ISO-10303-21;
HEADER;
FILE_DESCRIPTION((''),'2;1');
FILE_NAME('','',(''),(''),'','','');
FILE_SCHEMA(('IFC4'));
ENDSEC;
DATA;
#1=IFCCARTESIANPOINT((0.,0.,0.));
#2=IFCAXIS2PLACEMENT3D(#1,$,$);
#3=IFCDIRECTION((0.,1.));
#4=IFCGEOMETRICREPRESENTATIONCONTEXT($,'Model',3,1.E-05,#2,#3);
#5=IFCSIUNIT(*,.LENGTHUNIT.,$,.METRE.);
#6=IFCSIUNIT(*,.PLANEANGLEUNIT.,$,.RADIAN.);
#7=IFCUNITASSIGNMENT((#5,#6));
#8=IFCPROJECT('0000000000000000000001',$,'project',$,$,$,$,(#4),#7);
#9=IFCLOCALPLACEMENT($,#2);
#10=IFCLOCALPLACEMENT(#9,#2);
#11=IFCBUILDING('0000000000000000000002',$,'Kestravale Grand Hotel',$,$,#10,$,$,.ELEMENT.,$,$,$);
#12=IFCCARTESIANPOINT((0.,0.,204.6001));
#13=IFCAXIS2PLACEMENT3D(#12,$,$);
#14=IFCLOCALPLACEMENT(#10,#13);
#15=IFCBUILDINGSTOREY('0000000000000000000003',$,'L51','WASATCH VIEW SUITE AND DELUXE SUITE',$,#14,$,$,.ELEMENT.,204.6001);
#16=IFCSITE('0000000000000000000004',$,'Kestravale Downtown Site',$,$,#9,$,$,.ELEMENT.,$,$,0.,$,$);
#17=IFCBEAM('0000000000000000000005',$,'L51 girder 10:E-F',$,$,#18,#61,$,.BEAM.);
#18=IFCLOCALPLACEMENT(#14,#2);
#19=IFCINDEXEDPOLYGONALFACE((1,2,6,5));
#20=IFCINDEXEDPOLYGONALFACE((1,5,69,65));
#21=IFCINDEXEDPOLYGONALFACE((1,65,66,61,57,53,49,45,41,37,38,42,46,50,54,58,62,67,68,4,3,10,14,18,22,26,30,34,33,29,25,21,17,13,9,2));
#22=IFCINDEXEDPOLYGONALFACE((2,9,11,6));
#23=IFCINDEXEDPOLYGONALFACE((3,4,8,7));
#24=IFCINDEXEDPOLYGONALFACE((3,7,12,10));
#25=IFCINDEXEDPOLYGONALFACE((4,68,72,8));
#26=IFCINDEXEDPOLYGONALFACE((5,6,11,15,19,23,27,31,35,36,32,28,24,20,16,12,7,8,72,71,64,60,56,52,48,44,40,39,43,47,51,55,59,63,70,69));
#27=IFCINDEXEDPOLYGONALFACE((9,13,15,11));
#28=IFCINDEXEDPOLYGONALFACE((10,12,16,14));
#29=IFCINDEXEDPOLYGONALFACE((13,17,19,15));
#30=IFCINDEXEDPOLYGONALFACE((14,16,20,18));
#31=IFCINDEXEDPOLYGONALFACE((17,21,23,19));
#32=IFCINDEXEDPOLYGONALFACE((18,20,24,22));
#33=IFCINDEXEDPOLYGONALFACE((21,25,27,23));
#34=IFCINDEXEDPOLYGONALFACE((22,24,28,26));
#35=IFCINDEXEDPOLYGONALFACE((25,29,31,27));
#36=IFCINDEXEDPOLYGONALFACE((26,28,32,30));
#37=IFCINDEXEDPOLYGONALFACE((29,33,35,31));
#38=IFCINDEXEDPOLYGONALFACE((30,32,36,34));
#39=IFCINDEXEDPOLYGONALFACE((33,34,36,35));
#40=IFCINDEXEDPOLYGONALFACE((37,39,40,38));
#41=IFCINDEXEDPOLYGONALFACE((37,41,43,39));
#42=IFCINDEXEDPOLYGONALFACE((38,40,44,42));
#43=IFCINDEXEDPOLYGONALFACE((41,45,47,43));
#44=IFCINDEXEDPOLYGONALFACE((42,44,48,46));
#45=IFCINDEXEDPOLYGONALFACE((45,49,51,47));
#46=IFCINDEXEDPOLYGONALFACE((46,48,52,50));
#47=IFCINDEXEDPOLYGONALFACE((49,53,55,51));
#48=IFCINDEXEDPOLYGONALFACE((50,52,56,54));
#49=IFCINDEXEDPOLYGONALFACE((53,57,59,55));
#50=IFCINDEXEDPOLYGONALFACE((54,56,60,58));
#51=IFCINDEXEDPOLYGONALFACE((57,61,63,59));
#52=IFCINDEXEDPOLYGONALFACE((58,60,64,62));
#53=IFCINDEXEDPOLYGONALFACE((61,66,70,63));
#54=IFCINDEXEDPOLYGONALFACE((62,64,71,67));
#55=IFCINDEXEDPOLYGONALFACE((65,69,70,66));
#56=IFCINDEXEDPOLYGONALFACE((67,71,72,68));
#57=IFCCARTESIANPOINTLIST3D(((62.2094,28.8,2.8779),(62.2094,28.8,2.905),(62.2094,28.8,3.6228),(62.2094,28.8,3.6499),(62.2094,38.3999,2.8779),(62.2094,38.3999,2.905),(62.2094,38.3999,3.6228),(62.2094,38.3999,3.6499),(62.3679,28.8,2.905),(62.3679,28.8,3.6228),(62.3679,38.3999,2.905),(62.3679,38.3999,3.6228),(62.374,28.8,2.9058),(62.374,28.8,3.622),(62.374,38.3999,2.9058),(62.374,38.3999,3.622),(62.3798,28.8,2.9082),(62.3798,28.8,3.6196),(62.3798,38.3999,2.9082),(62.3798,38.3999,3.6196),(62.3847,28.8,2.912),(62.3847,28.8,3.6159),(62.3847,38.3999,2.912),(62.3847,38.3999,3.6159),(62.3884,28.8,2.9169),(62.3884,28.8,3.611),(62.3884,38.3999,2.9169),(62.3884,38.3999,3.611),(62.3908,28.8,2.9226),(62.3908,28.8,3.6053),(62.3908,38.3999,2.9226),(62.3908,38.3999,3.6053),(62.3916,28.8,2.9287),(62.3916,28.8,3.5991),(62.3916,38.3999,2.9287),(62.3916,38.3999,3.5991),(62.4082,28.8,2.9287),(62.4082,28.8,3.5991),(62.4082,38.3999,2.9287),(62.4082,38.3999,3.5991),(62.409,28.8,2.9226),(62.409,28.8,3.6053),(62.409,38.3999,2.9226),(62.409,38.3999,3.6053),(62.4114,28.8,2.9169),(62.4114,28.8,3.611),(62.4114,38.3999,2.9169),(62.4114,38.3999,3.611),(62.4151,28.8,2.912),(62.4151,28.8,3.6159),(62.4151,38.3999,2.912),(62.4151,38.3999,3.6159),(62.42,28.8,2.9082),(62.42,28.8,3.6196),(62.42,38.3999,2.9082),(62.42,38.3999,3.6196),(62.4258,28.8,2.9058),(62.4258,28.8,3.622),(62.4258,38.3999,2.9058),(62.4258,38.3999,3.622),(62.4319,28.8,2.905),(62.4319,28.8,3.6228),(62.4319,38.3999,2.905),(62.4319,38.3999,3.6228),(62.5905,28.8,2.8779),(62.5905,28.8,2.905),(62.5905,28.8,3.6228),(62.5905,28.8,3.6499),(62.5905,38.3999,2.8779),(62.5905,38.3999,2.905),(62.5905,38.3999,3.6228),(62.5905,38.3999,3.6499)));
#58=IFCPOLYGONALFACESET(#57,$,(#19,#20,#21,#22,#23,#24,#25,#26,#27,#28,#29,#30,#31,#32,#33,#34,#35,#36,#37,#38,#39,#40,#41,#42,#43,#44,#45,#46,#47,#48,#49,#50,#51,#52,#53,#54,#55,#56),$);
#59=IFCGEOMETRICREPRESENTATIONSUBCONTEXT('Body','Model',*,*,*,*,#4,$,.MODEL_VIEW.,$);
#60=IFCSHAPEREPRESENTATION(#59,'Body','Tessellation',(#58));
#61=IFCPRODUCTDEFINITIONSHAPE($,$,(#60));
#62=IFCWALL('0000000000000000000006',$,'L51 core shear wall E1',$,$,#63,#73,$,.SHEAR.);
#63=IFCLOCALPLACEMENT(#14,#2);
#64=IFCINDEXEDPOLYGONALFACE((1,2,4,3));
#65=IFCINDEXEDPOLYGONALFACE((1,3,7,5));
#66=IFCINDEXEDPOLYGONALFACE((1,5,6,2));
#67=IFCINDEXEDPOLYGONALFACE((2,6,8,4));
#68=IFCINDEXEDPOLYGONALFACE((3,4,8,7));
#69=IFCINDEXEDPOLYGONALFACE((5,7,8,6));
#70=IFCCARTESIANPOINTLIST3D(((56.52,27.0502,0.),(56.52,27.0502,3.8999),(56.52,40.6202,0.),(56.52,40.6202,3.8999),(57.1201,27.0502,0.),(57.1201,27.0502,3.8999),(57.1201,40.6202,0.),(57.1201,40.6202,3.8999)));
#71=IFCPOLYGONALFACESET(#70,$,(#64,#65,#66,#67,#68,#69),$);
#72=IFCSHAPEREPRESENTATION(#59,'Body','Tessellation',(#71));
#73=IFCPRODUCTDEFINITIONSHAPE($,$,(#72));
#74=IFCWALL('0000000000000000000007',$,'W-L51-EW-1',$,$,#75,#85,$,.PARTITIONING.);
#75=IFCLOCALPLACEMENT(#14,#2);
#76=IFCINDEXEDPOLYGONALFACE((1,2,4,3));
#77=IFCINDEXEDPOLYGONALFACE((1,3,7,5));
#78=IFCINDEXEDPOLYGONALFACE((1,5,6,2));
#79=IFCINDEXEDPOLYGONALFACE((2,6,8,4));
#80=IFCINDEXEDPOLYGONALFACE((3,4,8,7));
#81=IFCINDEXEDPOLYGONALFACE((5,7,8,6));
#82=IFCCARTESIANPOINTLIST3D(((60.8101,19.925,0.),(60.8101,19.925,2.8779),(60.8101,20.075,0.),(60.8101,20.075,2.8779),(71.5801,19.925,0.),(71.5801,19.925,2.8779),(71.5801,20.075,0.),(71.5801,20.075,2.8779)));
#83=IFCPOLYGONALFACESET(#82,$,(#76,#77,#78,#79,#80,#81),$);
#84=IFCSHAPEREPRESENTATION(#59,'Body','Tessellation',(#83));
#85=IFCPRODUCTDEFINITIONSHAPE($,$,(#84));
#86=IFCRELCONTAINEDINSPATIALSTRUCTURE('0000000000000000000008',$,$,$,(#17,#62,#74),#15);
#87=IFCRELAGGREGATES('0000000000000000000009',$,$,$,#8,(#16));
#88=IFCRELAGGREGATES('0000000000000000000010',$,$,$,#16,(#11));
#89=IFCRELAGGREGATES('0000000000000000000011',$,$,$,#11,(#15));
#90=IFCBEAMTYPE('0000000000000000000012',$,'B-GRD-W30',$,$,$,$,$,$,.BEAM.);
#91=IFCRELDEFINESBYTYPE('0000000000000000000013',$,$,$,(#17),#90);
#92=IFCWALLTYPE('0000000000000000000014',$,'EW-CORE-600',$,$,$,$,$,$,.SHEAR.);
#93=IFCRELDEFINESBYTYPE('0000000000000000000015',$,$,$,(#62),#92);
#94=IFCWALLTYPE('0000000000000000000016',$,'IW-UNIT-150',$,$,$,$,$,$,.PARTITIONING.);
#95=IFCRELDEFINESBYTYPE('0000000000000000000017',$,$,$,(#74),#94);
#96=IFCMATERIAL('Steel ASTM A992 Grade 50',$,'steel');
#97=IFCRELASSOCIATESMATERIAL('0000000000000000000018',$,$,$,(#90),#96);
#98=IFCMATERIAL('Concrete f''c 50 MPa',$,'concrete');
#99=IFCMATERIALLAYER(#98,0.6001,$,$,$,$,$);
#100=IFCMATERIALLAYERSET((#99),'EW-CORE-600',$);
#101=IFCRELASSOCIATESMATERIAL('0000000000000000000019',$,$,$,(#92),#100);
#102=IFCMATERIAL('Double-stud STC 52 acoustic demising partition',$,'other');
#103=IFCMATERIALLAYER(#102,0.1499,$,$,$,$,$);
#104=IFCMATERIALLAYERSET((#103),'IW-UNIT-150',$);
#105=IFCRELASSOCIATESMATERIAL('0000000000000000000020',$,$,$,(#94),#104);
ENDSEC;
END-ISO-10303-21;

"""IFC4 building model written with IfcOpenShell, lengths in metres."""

from ifc_helpers import new_model, si_unit, direction, frame, frame_2d, origin, origin_2d, place, context, subcontext, project, spatial, rectangle, i_section, extrude, material, layer, layer_set, material_profile, profile_set, type_object, element, save


model = new_model("IFC4")

# Units and contexts
model_context = context("Model", 3, precision=1e-05, world=origin(), true_north=direction((0.0, 1.0)))
body_context = subcontext(model_context, "Body", "Model", "MODEL_VIEW")
ifc_project = project(units=[si_unit("LENGTHUNIT", "METRE"), si_unit("PLANEANGLEUNIT", "RADIAN")], contexts=[model_context])

# Site, building, storey
site_placement = place(None, origin())
site = spatial("IfcSite", under=ifc_project, at=site_placement, Name="Kestravale Downtown Site", CompositionType="ELEMENT", RefElevation=0.0)
building_placement = place(site_placement, origin())
building = spatial("IfcBuilding", under=site, at=building_placement, Name="Kestravale Grand Hotel", CompositionType="ELEMENT")
storey_placement = place(building_placement, frame((0.0, 0.0, 204.6001)))
storey = spatial("IfcBuildingStorey", under=building, at=storey_placement, Name="L51", Description="WASATCH VIEW SUITE AND DELUXE SUITE", CompositionType="ELEMENT", Elevation=204.6001)

# Beam
ifc_material_1 = material(Name="Steel ASTM A992 Grade 50", Category="steel")
ifc_material_profile_1 = material_profile(ifc_material_1, i_section(OverallWidth=0.3811, OverallDepth=0.772, WebThickness=0.0166, FlangeThickness=0.0271, FilletRadius=0.0237, at=origin_2d()))
ifc_profile_set_1 = profile_set([ifc_material_profile_1], Name="Steel ASTM A992 Grade 50")
beam_type_1 = type_object("IfcBeamType", Name="B-GRD-W30", PredefinedType="BEAM", material=ifc_profile_set_1)
beam_1_placement = place(storey_placement, frame((62.3999, 28.8, 3.2639), z_axis=(0.0, 1.0, 0.0), x_axis=(-1.0, 0.0, 0.0)))
element("IfcBeam", 1, at=beam_1_placement, inside=storey, type_object=beam_type_1, Name="L51 girder 10:E-F", PredefinedType="BEAM", context=body_context, shape_type="SweptSolid", body=[
    extrude(i_section(OverallWidth=0.3811, OverallDepth=0.772, WebThickness=0.0166, FlangeThickness=0.0271, FilletRadius=0.0237, at=origin_2d()), origin(), (0.0, 0.0, 1.0), 9.5999),
])

# Walls
ifc_material_2 = material(Name="Concrete f'c 50 MPa", Category="concrete")
ifc_layer_1 = layer(ifc_material_2, 0.6001)
ifc_layer_set_1 = layer_set([ifc_layer_1], Name="EW-CORE-600")
wall_type_1 = type_object("IfcWallType", Name="EW-CORE-600", PredefinedType="SHEAR", material=ifc_layer_set_1)
wall_1_placement = place(storey_placement, frame((56.8201, 27.05, 0.0), z_axis=(0.0, 0.0, 1.0), x_axis=(0.0, 1.0, 0.0)))
element("IfcWall", 2, at=wall_1_placement, inside=storey, type_object=wall_type_1, Name="L51 core shear wall E1", PredefinedType="SHEAR", context=body_context, shape_type="SweptSolid", body=[
    extrude(rectangle(XDim=13.5701, YDim=0.6001, at=frame_2d((6.7852, 0.0))), origin(), (0.0, 0.0, 1.0), 3.8999),
])
ifc_material_3 = material(Name="Double-stud STC 52 acoustic demising partition", Category="other")
ifc_layer_2 = layer(ifc_material_3, 0.1499)
ifc_layer_set_2 = layer_set([ifc_layer_2], Name="IW-UNIT-150")
wall_type_2 = type_object("IfcWallType", Name="IW-UNIT-150", PredefinedType="PARTITIONING", material=ifc_layer_set_2)
wall_2_placement = place(storey_placement, frame((60.8101, 20.0, 0.0), z_axis=(0.0, 0.0, 1.0), x_axis=(1.0, 0.0, 0.0)))
element("IfcWall", 3, at=wall_2_placement, inside=storey, type_object=wall_type_2, Name="W-L51-EW-1", PredefinedType="PARTITIONING", context=body_context, shape_type="SweptSolid", body=[
    extrude(rectangle(XDim=10.77, YDim=0.1499, at=frame_2d((5.385, 0.0))), origin(), (0.0, 0.0, 1.0), 2.8779),
])

save(model, "model.ifc")
